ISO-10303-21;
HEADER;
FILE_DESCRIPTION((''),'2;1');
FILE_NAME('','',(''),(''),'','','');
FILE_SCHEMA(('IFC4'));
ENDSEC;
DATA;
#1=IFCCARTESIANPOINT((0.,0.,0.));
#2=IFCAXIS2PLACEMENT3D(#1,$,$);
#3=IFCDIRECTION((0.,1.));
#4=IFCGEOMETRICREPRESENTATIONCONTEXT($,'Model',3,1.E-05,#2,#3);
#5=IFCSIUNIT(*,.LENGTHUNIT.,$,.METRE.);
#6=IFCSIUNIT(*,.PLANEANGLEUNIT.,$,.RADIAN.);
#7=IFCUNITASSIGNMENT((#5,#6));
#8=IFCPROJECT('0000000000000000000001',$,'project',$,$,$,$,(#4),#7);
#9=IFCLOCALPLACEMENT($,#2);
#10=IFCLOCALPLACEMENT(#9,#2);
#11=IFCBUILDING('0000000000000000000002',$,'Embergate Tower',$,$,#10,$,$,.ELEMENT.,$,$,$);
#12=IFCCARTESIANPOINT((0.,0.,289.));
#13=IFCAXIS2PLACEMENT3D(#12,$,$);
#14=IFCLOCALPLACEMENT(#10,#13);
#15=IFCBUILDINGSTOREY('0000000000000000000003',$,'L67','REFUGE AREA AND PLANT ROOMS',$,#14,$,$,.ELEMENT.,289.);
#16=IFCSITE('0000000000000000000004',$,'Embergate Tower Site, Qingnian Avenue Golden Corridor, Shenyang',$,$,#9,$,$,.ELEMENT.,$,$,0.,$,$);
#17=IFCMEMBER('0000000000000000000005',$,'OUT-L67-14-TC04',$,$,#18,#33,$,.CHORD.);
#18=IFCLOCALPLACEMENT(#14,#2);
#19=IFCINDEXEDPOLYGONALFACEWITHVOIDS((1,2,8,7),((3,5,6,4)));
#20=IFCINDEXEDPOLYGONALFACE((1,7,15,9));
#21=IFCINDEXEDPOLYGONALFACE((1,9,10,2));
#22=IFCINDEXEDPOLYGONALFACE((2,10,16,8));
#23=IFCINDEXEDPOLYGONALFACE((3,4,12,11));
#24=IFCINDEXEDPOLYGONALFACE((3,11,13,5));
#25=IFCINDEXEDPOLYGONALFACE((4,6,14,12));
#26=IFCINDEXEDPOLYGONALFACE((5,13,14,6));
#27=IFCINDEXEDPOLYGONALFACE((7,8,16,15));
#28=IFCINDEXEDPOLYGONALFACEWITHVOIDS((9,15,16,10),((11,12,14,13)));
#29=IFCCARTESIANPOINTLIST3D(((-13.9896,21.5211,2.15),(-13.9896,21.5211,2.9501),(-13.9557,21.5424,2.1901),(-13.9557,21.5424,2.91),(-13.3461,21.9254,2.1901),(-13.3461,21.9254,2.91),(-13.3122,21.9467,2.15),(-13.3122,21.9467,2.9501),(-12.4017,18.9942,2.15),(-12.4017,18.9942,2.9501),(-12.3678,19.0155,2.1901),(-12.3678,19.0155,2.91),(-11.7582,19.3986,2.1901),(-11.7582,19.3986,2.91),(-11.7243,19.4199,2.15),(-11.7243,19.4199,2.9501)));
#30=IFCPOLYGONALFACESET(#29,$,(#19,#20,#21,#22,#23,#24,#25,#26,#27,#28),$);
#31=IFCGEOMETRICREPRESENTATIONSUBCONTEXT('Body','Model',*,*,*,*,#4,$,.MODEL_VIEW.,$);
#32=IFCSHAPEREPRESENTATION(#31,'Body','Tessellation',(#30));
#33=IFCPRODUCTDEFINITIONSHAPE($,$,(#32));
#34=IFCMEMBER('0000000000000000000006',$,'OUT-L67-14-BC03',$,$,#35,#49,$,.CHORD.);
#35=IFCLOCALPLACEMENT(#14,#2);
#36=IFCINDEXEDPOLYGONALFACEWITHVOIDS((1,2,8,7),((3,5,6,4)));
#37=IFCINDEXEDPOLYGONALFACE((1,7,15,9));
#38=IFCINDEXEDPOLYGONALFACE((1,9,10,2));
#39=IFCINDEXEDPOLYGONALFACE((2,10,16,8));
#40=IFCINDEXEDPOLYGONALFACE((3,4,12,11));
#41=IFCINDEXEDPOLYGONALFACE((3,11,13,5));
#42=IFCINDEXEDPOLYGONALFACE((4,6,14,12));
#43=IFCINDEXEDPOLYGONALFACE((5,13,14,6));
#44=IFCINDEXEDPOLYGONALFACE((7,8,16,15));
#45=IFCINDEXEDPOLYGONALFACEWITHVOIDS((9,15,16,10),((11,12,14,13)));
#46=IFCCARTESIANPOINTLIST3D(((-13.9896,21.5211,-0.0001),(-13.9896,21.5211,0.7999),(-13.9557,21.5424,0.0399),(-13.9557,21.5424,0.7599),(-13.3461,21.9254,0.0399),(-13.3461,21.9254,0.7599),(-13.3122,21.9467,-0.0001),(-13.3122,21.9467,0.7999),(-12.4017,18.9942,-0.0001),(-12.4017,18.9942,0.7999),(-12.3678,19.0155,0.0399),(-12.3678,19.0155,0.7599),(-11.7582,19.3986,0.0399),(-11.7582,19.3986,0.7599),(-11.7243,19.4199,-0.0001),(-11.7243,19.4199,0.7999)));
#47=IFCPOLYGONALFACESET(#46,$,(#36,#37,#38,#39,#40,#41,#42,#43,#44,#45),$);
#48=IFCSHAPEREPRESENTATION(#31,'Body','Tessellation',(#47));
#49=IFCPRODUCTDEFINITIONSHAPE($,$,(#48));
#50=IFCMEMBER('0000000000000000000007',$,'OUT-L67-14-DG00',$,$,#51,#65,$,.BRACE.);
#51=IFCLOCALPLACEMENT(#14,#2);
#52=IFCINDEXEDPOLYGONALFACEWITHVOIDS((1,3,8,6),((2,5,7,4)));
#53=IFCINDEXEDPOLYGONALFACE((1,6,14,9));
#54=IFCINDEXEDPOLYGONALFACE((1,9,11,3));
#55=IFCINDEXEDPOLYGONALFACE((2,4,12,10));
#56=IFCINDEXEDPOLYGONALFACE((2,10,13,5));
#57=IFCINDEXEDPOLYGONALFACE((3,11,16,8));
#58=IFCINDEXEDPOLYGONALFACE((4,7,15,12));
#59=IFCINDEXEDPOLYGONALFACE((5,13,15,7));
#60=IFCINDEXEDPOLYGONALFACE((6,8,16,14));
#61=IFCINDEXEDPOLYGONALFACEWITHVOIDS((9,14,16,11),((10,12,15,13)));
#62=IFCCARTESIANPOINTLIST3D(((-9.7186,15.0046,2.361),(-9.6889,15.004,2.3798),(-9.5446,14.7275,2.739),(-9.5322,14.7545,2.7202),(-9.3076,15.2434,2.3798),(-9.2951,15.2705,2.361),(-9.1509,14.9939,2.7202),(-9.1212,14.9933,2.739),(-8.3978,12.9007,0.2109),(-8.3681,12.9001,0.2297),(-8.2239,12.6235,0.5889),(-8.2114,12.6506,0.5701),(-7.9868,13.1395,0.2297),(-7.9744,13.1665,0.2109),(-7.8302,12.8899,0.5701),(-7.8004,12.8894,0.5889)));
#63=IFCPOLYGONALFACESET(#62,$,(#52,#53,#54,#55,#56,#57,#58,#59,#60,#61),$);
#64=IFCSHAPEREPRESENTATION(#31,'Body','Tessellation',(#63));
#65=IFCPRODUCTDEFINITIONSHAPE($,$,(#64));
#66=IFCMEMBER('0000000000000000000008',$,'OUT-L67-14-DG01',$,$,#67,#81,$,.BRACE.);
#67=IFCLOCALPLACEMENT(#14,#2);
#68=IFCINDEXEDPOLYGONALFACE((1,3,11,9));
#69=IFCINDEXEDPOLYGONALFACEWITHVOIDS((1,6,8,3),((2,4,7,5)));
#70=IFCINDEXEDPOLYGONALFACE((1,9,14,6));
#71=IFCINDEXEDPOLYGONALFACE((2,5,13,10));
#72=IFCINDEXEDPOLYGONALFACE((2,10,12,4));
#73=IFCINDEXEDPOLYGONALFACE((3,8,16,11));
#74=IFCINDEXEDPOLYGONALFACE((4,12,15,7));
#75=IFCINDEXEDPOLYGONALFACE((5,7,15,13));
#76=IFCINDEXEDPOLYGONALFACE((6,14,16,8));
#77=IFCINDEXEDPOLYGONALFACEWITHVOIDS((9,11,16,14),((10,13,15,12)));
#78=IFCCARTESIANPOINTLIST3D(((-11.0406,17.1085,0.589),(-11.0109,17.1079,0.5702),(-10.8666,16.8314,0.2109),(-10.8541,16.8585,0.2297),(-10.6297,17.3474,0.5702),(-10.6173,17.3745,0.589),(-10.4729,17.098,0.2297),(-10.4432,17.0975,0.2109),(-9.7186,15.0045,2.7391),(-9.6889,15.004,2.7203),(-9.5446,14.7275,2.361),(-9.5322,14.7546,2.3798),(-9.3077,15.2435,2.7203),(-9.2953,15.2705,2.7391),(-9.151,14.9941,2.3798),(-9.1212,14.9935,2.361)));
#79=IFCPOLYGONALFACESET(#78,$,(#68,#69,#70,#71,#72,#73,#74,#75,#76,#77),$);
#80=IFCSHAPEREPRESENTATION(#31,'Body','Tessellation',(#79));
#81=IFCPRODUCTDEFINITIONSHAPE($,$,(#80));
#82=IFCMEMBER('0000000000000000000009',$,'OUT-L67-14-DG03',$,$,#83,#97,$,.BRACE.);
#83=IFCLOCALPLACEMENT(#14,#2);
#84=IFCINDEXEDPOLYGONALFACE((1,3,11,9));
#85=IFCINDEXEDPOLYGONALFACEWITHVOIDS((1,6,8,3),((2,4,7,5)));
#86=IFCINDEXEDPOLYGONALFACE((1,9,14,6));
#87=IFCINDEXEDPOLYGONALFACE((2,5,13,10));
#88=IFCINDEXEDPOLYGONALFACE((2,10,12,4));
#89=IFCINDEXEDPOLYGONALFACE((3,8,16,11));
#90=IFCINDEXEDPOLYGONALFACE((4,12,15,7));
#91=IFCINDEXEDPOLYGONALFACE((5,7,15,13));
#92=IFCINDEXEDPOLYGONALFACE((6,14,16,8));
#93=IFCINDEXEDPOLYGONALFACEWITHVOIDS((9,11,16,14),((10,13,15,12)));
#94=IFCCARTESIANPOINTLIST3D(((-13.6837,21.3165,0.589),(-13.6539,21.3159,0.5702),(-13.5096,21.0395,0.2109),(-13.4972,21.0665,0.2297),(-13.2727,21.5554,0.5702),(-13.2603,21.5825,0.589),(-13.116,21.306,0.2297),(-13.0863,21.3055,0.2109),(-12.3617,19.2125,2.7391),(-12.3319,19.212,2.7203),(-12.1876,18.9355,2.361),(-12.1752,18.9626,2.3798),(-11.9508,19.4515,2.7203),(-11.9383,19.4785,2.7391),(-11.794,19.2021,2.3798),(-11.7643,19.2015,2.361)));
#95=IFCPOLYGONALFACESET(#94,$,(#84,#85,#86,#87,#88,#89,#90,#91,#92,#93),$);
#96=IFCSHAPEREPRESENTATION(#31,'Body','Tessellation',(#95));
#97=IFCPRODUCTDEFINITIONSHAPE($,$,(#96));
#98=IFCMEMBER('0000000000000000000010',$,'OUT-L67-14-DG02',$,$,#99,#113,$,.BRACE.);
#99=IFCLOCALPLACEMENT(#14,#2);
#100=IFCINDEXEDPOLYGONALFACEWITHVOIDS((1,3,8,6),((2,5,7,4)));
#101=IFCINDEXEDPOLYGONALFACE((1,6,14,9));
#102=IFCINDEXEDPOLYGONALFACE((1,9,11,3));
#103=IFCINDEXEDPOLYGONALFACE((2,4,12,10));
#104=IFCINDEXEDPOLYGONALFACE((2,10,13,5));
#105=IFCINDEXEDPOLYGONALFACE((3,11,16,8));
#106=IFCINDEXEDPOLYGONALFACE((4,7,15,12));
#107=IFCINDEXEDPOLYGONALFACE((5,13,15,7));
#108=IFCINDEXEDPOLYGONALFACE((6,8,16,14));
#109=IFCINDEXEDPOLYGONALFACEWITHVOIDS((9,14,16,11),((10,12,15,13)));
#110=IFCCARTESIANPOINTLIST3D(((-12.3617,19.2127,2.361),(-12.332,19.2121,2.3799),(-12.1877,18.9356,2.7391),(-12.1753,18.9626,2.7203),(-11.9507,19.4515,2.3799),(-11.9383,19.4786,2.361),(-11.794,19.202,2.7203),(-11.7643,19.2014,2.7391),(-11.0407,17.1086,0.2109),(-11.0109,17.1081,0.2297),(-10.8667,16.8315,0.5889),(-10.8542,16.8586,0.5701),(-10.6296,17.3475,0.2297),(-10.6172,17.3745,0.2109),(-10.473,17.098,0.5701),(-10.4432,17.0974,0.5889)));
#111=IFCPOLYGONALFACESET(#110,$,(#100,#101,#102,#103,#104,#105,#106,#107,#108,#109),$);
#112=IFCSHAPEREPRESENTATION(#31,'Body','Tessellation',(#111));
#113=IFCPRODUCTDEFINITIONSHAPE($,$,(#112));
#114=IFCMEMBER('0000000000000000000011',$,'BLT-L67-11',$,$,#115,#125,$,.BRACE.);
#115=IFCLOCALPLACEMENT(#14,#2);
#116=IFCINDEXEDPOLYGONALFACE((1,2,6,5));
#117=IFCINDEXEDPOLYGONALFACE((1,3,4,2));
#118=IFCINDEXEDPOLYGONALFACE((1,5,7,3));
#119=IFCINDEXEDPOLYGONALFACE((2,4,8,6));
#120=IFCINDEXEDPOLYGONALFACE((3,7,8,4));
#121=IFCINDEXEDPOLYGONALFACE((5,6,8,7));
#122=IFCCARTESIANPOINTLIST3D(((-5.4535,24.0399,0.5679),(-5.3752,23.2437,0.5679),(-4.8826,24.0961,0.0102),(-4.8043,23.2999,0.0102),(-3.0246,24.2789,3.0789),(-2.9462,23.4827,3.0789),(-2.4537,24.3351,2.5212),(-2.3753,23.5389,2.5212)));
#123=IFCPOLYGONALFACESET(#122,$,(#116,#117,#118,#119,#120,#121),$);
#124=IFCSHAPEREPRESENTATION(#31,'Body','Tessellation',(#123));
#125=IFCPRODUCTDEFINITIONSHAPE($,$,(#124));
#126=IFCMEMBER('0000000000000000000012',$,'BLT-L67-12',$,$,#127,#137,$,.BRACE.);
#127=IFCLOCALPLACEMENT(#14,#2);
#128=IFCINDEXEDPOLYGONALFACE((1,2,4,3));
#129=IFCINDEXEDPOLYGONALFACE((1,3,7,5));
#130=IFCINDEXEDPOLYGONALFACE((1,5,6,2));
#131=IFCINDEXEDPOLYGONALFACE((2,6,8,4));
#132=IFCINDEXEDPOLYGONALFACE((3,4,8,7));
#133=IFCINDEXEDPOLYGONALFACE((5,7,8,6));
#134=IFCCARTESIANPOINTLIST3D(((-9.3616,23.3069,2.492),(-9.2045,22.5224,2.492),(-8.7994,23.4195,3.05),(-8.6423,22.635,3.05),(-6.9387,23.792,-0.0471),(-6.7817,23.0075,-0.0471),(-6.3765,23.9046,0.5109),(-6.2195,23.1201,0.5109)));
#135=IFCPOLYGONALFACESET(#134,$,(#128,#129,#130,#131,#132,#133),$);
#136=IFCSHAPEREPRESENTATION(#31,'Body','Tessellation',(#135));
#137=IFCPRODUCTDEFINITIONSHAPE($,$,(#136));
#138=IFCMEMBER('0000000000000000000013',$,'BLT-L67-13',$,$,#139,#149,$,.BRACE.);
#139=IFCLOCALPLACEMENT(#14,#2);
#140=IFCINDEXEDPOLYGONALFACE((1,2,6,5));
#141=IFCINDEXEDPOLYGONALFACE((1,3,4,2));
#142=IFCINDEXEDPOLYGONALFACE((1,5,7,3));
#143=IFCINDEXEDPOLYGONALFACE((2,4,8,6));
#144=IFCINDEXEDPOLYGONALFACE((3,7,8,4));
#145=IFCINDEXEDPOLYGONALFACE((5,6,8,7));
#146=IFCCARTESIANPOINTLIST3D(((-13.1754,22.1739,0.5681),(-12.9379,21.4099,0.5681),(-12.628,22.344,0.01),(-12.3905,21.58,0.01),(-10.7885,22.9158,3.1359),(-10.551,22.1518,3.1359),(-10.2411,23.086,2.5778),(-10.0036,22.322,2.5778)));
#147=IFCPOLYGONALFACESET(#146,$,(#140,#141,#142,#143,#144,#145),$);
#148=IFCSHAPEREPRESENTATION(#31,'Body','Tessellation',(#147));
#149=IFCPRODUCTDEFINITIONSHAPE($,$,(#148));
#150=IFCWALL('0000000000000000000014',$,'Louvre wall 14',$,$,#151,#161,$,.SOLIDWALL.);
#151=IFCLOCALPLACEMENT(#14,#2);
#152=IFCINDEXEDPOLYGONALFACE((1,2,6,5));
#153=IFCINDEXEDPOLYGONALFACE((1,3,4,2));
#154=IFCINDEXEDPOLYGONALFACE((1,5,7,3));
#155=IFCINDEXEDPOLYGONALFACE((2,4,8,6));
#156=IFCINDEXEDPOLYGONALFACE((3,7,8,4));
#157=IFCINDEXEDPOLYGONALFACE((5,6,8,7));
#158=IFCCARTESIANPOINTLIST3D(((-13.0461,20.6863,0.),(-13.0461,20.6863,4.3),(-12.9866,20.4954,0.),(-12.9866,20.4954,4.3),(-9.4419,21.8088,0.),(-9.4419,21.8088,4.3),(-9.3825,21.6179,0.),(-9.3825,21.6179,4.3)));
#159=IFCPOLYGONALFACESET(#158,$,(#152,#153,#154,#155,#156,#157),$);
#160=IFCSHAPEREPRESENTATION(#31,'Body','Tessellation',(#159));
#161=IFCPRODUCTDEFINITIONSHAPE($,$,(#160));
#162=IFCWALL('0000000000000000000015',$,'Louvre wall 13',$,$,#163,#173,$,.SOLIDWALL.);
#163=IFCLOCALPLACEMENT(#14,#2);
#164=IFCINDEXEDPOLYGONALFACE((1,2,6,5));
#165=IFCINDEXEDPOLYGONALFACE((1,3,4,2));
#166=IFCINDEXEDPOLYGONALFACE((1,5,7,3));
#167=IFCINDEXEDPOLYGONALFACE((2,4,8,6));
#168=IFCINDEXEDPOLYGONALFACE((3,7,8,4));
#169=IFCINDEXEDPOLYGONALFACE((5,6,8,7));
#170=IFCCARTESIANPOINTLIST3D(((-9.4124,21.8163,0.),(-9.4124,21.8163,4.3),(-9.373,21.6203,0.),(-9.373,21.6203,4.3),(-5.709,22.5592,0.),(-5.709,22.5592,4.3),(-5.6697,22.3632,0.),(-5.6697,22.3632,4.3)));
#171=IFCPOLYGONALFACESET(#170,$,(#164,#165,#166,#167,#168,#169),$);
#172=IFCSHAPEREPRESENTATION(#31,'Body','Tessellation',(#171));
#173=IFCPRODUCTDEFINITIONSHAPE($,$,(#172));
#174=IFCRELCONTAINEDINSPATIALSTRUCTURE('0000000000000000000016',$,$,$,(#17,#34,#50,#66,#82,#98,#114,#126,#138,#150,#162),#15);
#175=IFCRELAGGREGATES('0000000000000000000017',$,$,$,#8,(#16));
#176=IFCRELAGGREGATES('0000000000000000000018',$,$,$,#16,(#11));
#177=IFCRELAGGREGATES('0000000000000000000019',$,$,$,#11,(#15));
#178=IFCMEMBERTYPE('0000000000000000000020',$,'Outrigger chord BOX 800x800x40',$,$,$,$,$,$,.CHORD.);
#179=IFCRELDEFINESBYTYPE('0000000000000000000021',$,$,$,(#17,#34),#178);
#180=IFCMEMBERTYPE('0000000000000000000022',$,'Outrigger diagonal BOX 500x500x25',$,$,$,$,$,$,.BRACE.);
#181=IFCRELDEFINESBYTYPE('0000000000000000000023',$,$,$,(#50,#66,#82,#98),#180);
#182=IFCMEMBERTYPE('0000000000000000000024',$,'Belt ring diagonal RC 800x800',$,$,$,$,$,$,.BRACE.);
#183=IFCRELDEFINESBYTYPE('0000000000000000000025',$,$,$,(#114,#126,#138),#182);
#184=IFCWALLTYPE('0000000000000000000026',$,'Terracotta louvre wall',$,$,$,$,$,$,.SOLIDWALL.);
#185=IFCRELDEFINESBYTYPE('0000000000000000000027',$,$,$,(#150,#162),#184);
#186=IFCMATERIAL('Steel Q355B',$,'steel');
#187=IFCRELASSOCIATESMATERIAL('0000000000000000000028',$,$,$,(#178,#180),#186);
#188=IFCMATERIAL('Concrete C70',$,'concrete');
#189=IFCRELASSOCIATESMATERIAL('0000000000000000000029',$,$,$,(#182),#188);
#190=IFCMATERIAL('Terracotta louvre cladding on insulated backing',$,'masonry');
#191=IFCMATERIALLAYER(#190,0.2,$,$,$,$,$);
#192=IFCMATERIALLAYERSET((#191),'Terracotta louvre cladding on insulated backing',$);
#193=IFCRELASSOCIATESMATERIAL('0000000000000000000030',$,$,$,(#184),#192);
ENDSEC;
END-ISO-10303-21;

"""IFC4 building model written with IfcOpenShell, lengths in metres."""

from ifc_helpers import new_model, si_unit, direction, frame, frame_2d, origin, origin_2d, place, context, subcontext, project, spatial, rectangle, hollow_rectangle, extrude, source, transform, mapped, material, layer, layer_set, material_profile, profile_set, type_object, element, save


model = new_model("IFC4")

# Units and contexts
model_context = context("Model", 3, precision=1e-05, world=origin(), true_north=direction((0.0, 1.0)))
body_context = subcontext(model_context, "Body", "Model", "MODEL_VIEW")
ifc_project = project(units=[si_unit("LENGTHUNIT", "METRE"), si_unit("PLANEANGLEUNIT", "RADIAN")], contexts=[model_context])

# Site, building, storey
site_placement = place(None, origin())
site = spatial("IfcSite", under=ifc_project, at=site_placement, Name="Embergate Tower Site, Qingnian Avenue Golden Corridor, Shenyang", CompositionType="ELEMENT", RefElevation=0.0)
building_placement = place(site_placement, origin())
building = spatial("IfcBuilding", under=site, at=building_placement, Name="Embergate Tower", CompositionType="ELEMENT")
storey_placement = place(building_placement, frame((0.0, 0.0, 289.0)))
storey = spatial("IfcBuildingStorey", under=building, at=storey_placement, Name="L67", Description="REFUGE AREA AND PLANT ROOMS", CompositionType="ELEMENT", Elevation=289.0)

# Shared definitions
ifc_material_1 = material(Name="Steel Q355B", Category="steel")

# Members
ifc_material_profile_1 = material_profile(ifc_material_1, hollow_rectangle(XDim=0.8, YDim=0.8, WallThickness=0.04, at=origin_2d()), Name="BOX 800x800x40")
ifc_profile_set_1 = profile_set([ifc_material_profile_1], Name="Steel Q355 grade B")
member_type_1 = type_object("IfcMemberType", Name="Outrigger chord BOX 800x800x40", PredefinedType="CHORD", material=ifc_profile_set_1)
shared_shape_1 = source(origin(), body_context, "Body", "SweptSolid", [
    extrude(hollow_rectangle(XDim=0.8, YDim=0.8, WallThickness=0.04, at=origin_2d()), origin(), (0.0, 0.0, 1.0), 2.9844),
])
for number, where, z_axis, x_axis, name in (
    (1, (-12.063, 19.207, 2.55), (-0.532071, 0.8467, 0.0), (-0.8467, -0.532071, 0.0), "OUT-L67-14-TC04"),
    (2, (-12.063, 19.207, 0.3999), (-0.532071, 0.8467, 0.0), (-0.8467, -0.532071, 0.0), "OUT-L67-14-BC03"),
):
    element("IfcMember", number, at=place(storey_placement, frame(where, z_axis=z_axis, x_axis=x_axis)), inside=storey, type_object=member_type_1, Name=name, PredefinedType="CHORD", context=body_context, shape_type="MappedRepresentation", body=[
        mapped(shared_shape_1, transform((0.0, 0.0, 0.0))),
    ])
ifc_material_profile_2 = material_profile(ifc_material_1, hollow_rectangle(XDim=0.5, YDim=0.5, WallThickness=0.0249, at=origin_2d()), Name="BOX 500x500x25")
ifc_profile_set_2 = profile_set([ifc_material_profile_2], Name="Steel Q355 grade B")
member_type_2 = type_object("IfcMemberType", Name="Outrigger diagonal BOX 500x500x25", PredefinedType="BRACE", material=ifc_profile_set_2)
shared_shape_2 = source(origin(), body_context, "Body", "SweptSolid", [
    extrude(hollow_rectangle(XDim=0.5, YDim=0.5, WallThickness=0.0249, at=origin_2d()), origin(), (0.0, 0.0, 1.0), 3.2854),
])
member_1_placement = place(storey_placement, frame((-8.0991, 12.895, 0.3999), z_axis=(-0.40201, 0.640392, 0.654436), x_axis=(-0.846948, -0.531676, 0.0)))
element("IfcMember", 3, at=member_1_placement, inside=storey, type_object=member_type_2, Name="OUT-L67-14-DG00", PredefinedType="BRACE", context=body_context, shape_type="MappedRepresentation", body=[
    mapped(shared_shape_2, transform((0.0, 0.0, 0.0))),
])
shared_shape_3 = source(origin(), body_context, "Body", "SweptSolid", [
    extrude(hollow_rectangle(XDim=0.5, YDim=0.5, WallThickness=0.0249, at=origin_2d()), origin(), (0.0, 0.0, 1.0), 3.2859),
])
for number, where, z_axis, x_axis, name in (
    (4, (-9.4199, 14.999, 2.55), (-0.402321, 0.640296, -0.654338), (-0.846726, -0.532029, 0.0), "OUT-L67-14-DG01"),
    (5, (-12.063, 19.207, 2.55), (-0.402321, 0.640296, -0.654338), (-0.846726, -0.532029, 0.0), "OUT-L67-14-DG03"),
):
    element("IfcMember", number, at=place(storey_placement, frame(where, z_axis=z_axis, x_axis=x_axis)), inside=storey, type_object=member_type_2, Name=name, PredefinedType="BRACE", context=body_context, shape_type="MappedRepresentation", body=[
        mapped(shared_shape_3, transform((0.0, 0.0, 0.0))),
    ])
shared_shape_4 = source(origin(), body_context, "Body", "SweptSolid", [
    extrude(hollow_rectangle(XDim=0.5, YDim=0.5, WallThickness=0.0249, at=origin_2d()), origin(), (0.0, 0.0, 1.0), 3.2856),
])
member_2_placement = place(storey_placement, frame((-10.7419, 17.103, 0.3999), z_axis=(-0.402072, 0.640373, 0.654417), x_axis=(-0.846903, -0.531747, 0.0)))
element("IfcMember", 6, at=member_2_placement, inside=storey, type_object=member_type_2, Name="OUT-L67-14-DG02", PredefinedType="BRACE", context=body_context, shape_type="MappedRepresentation", body=[
    mapped(shared_shape_4, transform((0.0, 0.0, 0.0))),
])
ifc_material_2 = material(Name="Concrete C70", Category="concrete")
ifc_material_profile_3 = material_profile(ifc_material_2, rectangle(XDim=0.8, YDim=0.8, at=origin_2d()), Name="RC 800x800")
ifc_profile_set_3 = profile_set([ifc_material_profile_3], Name="Concrete C70")
member_type_3 = type_object("IfcMemberType", Name="Belt ring diagonal RC 800x800", PredefinedType="BRACE", material=ifc_profile_set_3)
shared_shape_5 = source(origin(), body_context, "Body", "SweptSolid", [
    extrude(rectangle(XDim=0.8, YDim=0.8, at=origin_2d()), origin(), (0.0, 0.0, 1.0), 3.5017),
])
member_3_placement = place(storey_placement, frame((-5.1289, 23.6699, 0.2891), z_axis=(0.693647, 0.068256, 0.717073), x_axis=(-0.097929, 0.995193, 0.0)))
element("IfcMember", 7, at=member_3_placement, inside=storey, type_object=member_type_3, Name="BLT-L67-11", PredefinedType="BRACE", context=body_context, shape_type="MappedRepresentation", body=[
    mapped(shared_shape_5, transform((0.0, 0.0, 0.0))),
])
shared_shape_6 = source(origin(), body_context, "Body", "SweptSolid", [
    extrude(rectangle(XDim=0.8, YDim=0.8, at=origin_2d()), origin(), (0.0, 0.0, 1.0), 3.543),
])
member_4_placement = place(storey_placement, frame((-6.5791, 23.4561, 0.2319), z_axis=(-0.683855, -0.136923, 0.716655), x_axis=(0.196325, -0.980539, 0.0)))
element("IfcMember", 8, at=member_4_placement, inside=storey, type_object=member_type_3, Name="BLT-L67-12", PredefinedType="BRACE", context=body_context, shape_type="MappedRepresentation", body=[
    mapped(shared_shape_6, transform((0.0, 0.0, 0.0))),
])
shared_shape_7 = source(origin(), body_context, "Body", "SweptSolid", [
    extrude(rectangle(XDim=0.8, YDim=0.8, at=origin_2d()), origin(), (0.0, 0.0, 1.0), 3.5835),
])
member_5_placement = place(storey_placement, frame((-12.783, 21.877, 0.2891), z_axis=(0.666084, 0.20704, 0.716566), x_axis=(-0.296823, 0.954932, 0.0)))
element("IfcMember", 9, at=member_5_placement, inside=storey, type_object=member_type_3, Name="BLT-L67-13", PredefinedType="BRACE", context=body_context, shape_type="MappedRepresentation", body=[
    mapped(shared_shape_7, transform((0.0, 0.0, 0.0))),
])

# Walls
ifc_material_3 = material(Name="Terracotta louvre cladding on insulated backing", Category="masonry")
ifc_layer_1 = layer(ifc_material_3, 0.2)
ifc_layer_set_1 = layer_set([ifc_layer_1], Name="Terracotta louvre cladding on insulated backing")
wall_type_1 = type_object("IfcWallType", Name="Terracotta louvre wall", PredefinedType="SOLIDWALL", material=ifc_layer_set_1)
shared_shape_8 = source(origin(), body_context, "Body", "SweptSolid", [
    extrude(rectangle(XDim=3.7749, YDim=0.2, at=frame_2d((1.8875, 0.0))), origin(), (0.0, 0.0, 1.0), 4.3),
])
wall_1_placement = place(storey_placement, frame((-13.0164, 20.5908, 0.0), z_axis=(0.0, 0.0, 1.0), x_axis=(0.954764, 0.297365, 0.0)))
element("IfcWall", 10, at=wall_1_placement, inside=storey, type_object=wall_type_1, Name="Louvre wall 14", PredefinedType="SOLIDWALL", context=body_context, shape_type="MappedRepresentation", body=[
    mapped(shared_shape_8, transform((0.0, 0.0, 0.0))),
])
shared_shape_9 = source(origin(), body_context, "Body", "SweptSolid", [
    extrude(rectangle(XDim=3.7771, YDim=0.2, at=frame_2d((1.8887, 0.0))), origin(), (0.0, 0.0, 1.0), 4.3),
])
wall_2_placement = place(storey_placement, frame((-9.3928, 21.7183, 0.0), z_axis=(0.0, 0.0, 1.0), x_axis=(0.980466, 0.196688, 0.0)))
element("IfcWall", 11, at=wall_2_placement, inside=storey, type_object=wall_type_1, Name="Louvre wall 13", PredefinedType="SOLIDWALL", context=body_context, shape_type="MappedRepresentation", body=[
    mapped(shared_shape_9, transform((0.0, 0.0, 0.0))),
])

save(model, "model.ifc")
